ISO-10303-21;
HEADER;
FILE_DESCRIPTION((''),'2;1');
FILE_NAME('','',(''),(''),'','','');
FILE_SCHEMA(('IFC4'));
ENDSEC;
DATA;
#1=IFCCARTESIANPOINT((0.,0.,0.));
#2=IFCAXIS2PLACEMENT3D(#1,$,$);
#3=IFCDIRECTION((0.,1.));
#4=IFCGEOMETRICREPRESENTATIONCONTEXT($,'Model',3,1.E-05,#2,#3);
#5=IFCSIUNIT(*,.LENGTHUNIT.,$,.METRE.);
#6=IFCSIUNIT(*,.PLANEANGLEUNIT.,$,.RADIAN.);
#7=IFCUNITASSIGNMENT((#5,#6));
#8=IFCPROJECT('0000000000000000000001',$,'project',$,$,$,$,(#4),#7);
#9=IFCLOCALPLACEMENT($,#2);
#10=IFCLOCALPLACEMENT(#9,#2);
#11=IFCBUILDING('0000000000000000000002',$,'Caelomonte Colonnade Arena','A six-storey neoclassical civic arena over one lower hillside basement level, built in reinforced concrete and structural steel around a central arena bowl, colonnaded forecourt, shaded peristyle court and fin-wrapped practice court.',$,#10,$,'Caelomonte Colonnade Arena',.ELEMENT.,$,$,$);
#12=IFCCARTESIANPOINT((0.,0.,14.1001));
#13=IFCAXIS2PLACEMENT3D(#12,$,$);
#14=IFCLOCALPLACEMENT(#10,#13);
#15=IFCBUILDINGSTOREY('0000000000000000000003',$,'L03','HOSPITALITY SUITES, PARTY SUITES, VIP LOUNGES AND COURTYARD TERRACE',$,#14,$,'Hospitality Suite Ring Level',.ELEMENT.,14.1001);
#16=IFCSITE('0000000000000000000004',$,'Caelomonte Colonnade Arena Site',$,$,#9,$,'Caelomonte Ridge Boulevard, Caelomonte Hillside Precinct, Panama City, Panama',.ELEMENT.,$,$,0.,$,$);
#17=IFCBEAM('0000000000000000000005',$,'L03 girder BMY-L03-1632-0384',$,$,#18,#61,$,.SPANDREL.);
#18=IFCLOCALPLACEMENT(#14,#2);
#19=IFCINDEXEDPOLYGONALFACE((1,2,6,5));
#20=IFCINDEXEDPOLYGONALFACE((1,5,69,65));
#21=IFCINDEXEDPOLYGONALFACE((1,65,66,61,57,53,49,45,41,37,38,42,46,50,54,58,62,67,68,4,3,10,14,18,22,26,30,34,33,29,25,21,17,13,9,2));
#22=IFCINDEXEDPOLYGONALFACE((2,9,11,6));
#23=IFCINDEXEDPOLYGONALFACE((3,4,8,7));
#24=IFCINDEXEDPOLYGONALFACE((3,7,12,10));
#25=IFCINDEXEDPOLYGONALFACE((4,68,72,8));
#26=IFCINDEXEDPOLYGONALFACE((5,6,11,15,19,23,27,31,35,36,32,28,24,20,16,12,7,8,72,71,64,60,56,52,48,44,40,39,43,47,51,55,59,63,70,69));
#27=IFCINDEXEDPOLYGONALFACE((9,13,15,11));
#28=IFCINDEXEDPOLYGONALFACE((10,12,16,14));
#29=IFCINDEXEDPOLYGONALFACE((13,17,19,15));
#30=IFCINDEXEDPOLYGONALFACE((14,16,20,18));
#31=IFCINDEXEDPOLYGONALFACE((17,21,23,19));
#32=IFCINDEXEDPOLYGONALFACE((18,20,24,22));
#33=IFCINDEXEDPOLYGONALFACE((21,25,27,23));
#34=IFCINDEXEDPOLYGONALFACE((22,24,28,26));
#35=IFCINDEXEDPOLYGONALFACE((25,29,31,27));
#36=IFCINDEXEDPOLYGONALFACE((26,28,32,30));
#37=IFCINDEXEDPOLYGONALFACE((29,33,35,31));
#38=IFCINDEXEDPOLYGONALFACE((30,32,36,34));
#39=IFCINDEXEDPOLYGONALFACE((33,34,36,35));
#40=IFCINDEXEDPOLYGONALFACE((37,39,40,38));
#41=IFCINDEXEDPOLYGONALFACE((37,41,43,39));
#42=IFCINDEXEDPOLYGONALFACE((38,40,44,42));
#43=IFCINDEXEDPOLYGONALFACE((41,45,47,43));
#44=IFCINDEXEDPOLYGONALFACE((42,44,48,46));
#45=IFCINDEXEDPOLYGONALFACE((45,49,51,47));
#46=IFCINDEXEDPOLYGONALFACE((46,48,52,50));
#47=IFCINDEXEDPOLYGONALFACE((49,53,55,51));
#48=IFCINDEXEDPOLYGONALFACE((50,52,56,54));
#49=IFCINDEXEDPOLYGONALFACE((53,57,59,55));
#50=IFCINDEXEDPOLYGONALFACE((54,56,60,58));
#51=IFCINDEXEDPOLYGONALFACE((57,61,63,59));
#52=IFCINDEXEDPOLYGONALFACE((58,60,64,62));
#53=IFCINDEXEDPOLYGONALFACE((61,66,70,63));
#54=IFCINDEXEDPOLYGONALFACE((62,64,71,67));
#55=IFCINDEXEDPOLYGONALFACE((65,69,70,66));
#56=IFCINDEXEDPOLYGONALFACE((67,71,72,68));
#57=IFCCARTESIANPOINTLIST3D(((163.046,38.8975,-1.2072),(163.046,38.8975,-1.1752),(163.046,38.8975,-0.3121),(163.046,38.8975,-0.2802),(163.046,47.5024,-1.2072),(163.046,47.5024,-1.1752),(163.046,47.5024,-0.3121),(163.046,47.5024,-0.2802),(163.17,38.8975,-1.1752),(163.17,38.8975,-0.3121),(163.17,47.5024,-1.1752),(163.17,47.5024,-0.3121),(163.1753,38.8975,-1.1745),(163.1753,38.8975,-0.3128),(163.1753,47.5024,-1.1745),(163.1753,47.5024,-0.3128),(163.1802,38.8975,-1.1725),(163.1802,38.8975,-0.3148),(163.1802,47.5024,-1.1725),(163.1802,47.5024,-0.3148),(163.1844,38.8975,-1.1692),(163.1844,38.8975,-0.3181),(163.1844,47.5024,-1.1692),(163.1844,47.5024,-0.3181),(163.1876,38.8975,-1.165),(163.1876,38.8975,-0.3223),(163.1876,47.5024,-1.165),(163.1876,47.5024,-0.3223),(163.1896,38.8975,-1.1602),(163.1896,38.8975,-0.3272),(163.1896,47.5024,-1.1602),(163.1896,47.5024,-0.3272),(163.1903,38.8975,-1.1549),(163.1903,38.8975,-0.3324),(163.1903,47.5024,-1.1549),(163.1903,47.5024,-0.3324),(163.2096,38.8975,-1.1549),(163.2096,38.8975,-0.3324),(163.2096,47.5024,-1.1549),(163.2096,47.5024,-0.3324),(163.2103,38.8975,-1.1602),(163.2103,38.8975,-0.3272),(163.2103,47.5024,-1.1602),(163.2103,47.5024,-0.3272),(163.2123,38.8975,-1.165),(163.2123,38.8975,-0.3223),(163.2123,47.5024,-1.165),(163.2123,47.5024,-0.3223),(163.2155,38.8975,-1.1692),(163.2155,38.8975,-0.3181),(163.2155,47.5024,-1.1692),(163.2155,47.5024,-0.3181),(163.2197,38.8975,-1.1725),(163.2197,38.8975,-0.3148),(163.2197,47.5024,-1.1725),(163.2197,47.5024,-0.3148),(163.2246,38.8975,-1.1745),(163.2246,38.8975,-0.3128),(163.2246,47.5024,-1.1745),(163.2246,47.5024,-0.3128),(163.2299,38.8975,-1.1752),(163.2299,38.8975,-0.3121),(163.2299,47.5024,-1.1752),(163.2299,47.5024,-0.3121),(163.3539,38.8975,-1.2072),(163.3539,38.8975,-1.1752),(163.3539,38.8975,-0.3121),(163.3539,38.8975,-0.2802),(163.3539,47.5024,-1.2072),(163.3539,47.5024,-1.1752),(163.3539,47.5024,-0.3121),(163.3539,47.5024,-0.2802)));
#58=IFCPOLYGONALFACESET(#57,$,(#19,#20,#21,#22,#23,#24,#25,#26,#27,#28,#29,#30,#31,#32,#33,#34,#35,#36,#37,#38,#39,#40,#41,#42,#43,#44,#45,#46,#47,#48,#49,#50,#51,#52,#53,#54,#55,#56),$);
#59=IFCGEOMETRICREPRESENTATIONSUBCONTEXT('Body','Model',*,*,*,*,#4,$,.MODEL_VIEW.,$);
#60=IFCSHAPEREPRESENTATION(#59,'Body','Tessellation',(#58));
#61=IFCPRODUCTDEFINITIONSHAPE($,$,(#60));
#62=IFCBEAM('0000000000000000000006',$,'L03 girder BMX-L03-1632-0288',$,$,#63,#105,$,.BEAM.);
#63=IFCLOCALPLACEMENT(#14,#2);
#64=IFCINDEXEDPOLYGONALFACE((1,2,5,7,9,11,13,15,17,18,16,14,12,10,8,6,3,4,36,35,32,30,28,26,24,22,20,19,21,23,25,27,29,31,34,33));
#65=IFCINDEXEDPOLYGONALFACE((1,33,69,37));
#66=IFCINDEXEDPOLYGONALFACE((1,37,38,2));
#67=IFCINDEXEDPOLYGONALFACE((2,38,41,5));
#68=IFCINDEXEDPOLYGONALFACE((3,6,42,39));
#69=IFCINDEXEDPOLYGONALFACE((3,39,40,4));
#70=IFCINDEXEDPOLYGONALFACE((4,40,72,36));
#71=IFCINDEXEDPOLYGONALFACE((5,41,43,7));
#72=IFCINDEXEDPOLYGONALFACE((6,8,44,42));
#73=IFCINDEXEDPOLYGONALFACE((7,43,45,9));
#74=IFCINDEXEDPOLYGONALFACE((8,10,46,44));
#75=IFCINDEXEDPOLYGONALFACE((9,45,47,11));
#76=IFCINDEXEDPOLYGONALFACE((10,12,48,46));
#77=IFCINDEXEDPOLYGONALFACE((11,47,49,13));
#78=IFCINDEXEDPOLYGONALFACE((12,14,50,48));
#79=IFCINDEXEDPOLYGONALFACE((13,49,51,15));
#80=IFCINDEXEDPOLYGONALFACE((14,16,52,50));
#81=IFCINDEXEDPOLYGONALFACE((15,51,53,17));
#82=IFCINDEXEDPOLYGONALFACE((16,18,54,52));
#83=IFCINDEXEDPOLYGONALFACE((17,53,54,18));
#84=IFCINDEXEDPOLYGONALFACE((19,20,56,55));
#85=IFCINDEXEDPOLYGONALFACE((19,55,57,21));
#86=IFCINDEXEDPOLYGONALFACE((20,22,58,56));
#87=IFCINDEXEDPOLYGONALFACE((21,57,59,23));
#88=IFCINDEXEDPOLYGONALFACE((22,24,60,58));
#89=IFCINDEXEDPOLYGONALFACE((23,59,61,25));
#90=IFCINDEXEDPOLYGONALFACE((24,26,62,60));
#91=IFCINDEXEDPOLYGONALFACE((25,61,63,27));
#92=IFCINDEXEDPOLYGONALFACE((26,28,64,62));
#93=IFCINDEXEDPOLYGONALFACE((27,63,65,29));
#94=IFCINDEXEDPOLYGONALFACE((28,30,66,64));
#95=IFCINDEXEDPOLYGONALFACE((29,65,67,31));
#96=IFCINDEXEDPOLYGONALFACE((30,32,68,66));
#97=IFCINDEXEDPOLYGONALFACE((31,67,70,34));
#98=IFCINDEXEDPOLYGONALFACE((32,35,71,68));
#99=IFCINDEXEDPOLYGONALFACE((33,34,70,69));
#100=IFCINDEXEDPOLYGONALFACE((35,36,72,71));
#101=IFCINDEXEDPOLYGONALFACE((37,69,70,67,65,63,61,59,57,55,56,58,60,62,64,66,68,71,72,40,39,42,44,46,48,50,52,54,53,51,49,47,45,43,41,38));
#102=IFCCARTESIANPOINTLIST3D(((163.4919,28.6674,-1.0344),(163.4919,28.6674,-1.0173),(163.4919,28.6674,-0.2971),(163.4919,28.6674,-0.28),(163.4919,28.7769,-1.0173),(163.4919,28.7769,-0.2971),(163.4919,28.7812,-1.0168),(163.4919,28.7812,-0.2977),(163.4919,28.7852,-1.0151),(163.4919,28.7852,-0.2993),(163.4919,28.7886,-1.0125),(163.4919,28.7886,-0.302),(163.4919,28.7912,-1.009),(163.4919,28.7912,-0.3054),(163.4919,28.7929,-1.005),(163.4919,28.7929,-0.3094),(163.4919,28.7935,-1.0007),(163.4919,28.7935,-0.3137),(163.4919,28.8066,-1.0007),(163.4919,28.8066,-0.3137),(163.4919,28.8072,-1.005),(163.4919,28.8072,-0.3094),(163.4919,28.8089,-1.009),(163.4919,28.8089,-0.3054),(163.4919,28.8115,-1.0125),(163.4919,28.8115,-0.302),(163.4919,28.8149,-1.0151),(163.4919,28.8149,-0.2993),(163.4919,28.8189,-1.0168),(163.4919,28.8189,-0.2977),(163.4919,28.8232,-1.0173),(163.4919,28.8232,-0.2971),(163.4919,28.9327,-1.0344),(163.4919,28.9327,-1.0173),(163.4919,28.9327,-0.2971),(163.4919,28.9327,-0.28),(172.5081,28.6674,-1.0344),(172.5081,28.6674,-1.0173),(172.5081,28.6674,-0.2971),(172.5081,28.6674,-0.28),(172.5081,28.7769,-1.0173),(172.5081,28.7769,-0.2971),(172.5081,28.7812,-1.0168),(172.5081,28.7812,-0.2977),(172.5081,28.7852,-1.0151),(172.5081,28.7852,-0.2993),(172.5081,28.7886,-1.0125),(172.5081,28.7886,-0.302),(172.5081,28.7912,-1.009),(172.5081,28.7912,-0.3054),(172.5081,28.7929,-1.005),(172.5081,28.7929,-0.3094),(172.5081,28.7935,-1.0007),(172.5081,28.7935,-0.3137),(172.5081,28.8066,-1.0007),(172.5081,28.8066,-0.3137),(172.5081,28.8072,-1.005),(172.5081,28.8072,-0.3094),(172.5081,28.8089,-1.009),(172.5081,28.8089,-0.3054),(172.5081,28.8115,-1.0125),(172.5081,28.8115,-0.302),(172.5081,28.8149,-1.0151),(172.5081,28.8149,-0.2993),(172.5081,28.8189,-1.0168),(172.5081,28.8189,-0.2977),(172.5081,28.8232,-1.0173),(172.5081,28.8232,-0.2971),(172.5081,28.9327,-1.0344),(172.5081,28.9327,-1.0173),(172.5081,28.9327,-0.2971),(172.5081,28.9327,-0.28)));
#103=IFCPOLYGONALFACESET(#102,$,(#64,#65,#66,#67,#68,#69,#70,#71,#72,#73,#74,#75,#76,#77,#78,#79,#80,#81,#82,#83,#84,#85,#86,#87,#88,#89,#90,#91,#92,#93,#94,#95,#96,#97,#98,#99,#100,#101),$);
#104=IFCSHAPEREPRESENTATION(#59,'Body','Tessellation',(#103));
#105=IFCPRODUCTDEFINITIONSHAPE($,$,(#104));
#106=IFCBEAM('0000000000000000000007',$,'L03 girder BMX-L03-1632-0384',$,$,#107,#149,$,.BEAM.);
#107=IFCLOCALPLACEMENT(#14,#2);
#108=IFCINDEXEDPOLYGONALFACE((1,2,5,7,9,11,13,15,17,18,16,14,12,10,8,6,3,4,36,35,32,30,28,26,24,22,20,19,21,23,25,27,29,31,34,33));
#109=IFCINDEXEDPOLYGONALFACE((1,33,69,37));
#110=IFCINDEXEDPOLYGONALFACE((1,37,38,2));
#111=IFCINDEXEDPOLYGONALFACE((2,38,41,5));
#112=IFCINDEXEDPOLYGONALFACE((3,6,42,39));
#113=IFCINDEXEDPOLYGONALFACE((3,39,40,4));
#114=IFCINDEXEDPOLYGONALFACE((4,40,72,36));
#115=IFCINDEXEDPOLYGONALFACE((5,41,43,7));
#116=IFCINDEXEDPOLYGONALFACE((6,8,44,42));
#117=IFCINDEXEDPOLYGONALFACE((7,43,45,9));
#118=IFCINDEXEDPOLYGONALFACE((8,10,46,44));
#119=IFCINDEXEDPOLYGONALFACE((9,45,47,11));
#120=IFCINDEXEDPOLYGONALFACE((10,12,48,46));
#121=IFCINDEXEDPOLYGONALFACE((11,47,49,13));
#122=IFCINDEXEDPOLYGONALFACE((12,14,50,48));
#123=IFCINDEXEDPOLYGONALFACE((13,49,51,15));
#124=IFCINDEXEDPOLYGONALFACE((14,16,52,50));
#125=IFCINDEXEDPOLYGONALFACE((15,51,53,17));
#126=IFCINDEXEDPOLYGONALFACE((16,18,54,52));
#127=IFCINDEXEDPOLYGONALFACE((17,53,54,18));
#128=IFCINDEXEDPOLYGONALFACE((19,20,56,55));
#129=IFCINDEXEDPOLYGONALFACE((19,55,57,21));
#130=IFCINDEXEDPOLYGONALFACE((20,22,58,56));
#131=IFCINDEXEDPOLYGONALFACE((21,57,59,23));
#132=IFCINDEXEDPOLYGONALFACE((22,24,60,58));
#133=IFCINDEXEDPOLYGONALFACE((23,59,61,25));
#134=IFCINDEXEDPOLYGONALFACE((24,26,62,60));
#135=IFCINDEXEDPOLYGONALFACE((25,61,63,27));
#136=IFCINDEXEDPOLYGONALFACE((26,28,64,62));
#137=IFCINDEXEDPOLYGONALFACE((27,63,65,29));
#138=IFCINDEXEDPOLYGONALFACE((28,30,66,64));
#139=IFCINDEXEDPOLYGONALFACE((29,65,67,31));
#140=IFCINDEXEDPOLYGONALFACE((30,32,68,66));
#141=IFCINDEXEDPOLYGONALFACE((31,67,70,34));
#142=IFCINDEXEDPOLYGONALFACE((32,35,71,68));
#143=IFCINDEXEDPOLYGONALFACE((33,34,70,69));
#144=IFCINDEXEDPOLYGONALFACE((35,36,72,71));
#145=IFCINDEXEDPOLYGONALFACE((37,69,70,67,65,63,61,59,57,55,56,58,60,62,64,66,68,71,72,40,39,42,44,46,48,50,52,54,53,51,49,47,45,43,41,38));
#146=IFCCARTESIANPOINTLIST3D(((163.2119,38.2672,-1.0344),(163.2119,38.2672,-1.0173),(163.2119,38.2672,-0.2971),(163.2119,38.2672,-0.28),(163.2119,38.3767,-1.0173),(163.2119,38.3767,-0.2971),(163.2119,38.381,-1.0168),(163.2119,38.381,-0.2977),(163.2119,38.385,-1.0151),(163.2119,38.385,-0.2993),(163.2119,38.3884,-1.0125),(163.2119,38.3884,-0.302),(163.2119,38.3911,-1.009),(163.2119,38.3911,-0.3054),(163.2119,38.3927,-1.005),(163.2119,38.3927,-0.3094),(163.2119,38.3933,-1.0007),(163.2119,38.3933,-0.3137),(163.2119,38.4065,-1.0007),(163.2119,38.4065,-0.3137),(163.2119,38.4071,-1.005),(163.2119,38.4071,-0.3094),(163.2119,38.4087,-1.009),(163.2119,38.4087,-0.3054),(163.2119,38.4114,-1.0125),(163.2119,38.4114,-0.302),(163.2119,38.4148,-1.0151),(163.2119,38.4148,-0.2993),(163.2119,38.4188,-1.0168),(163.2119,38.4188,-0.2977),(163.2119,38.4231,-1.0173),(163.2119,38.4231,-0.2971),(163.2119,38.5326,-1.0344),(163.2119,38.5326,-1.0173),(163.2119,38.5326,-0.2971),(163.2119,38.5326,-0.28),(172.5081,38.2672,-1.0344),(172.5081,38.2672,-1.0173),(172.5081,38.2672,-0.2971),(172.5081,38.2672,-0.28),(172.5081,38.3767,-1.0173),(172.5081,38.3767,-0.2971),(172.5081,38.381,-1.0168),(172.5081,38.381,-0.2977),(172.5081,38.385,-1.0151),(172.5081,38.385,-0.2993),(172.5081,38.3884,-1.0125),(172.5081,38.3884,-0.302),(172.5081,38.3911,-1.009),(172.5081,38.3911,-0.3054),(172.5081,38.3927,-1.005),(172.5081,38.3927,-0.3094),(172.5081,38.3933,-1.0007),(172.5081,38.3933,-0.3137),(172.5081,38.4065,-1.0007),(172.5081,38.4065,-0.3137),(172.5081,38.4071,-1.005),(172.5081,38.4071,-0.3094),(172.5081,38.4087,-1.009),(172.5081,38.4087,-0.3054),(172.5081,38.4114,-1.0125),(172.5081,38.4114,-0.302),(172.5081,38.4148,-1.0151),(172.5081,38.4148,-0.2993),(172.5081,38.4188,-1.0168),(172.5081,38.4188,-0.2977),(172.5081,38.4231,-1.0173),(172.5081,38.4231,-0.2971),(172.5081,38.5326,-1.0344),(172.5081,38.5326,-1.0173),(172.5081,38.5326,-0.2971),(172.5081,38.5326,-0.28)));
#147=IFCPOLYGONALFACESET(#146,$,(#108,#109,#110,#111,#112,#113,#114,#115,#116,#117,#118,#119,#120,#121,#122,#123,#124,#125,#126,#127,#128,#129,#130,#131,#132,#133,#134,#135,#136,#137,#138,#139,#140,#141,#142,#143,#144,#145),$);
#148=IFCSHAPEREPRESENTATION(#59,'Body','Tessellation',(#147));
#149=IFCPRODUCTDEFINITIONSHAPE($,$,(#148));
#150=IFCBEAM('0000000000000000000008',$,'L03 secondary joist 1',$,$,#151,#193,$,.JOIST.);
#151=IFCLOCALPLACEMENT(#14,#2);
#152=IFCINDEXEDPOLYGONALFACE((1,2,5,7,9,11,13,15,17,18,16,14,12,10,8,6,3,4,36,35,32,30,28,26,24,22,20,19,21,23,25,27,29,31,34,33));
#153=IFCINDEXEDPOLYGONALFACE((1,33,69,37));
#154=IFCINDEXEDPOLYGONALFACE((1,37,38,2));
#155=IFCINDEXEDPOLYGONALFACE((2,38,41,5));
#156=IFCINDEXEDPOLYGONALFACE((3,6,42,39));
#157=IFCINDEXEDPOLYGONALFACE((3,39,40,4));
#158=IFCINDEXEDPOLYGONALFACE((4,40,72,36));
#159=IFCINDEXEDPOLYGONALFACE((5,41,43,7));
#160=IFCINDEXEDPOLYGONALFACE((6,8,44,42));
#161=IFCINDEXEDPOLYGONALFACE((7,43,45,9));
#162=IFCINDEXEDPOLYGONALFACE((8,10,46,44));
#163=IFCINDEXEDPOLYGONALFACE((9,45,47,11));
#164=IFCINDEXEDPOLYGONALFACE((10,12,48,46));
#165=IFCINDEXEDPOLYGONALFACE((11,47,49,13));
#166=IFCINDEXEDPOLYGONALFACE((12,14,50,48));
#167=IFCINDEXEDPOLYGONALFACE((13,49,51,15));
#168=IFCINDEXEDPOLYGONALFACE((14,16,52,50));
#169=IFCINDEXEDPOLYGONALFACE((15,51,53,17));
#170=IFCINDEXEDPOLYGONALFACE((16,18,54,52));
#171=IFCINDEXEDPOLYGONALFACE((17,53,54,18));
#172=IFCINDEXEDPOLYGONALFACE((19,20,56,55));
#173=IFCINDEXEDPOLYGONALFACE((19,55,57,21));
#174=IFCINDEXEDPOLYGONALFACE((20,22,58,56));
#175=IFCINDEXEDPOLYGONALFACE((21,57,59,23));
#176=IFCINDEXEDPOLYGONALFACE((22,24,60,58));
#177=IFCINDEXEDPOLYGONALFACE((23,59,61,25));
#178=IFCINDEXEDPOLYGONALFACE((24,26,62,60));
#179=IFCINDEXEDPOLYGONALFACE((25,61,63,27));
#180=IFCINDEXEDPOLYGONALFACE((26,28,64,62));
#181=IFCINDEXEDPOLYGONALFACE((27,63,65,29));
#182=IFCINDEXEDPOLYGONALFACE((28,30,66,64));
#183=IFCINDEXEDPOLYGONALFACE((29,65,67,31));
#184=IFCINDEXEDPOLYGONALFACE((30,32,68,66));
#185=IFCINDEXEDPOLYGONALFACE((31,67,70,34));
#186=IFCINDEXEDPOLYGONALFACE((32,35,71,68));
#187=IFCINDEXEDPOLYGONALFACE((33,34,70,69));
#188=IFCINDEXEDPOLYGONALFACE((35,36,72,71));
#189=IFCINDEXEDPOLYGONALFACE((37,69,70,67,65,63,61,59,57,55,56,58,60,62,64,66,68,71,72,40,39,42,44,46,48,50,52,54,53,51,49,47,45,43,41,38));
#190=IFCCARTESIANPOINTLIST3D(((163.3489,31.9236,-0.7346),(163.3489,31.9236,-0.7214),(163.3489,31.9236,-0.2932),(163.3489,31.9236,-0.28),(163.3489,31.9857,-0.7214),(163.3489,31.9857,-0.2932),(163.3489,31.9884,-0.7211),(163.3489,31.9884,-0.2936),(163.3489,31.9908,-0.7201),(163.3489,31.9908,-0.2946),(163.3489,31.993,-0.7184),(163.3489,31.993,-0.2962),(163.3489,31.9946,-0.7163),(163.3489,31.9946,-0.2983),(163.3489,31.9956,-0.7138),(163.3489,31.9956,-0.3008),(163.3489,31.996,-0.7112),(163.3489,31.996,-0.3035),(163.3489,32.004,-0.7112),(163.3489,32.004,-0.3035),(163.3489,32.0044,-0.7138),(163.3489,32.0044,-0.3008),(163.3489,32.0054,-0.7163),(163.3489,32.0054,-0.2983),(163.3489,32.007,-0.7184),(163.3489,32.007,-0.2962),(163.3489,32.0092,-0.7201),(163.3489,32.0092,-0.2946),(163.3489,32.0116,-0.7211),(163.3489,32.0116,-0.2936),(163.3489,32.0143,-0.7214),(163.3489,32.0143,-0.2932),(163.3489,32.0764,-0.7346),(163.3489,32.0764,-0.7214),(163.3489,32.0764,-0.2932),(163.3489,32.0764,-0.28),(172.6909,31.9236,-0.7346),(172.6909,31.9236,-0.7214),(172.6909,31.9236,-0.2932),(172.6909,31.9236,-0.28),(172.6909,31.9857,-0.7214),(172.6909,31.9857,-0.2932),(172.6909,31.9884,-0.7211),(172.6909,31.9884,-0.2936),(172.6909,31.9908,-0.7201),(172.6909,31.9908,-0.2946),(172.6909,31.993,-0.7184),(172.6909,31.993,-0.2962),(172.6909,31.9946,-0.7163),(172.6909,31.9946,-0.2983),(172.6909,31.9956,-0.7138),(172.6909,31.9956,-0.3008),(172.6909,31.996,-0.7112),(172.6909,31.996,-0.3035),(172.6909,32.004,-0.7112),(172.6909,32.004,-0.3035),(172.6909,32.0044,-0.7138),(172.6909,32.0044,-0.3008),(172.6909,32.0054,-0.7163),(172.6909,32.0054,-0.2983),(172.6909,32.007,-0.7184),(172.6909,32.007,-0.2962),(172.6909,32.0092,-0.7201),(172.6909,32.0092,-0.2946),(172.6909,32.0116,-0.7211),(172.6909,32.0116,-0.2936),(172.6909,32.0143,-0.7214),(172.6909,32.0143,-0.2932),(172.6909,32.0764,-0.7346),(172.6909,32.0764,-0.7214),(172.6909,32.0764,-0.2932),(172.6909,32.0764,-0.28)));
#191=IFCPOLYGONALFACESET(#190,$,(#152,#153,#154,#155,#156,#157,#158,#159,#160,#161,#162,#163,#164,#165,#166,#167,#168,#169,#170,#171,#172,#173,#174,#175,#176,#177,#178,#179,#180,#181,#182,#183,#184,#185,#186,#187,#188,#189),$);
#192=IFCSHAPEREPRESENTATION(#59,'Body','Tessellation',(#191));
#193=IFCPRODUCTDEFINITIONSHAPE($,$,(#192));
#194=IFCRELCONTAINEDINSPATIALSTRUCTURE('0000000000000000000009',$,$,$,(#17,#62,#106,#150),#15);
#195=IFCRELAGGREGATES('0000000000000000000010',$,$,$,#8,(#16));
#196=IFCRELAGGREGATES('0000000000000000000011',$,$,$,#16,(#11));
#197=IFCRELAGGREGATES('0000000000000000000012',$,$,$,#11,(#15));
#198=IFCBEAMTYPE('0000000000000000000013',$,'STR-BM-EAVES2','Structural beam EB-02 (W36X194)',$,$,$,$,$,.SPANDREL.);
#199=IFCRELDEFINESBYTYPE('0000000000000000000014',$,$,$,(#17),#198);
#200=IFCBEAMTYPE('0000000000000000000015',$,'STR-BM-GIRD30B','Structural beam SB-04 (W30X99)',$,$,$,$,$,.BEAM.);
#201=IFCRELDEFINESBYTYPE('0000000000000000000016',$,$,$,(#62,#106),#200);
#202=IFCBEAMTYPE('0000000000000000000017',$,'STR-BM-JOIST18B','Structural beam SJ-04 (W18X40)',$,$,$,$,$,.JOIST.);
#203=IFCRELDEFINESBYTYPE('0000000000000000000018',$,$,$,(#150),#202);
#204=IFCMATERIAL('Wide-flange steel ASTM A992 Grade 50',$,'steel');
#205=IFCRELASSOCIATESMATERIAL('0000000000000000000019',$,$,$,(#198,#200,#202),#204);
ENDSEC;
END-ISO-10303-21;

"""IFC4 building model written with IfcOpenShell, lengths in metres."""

from ifc_helpers import new_model, si_unit, direction, frame, origin, origin_2d, place, context, subcontext, project, spatial, i_section, extrude, material, material_profile, profile_set, type_object, element, save


model = new_model("IFC4")

# Units and contexts
model_context = context("Model", 3, precision=1e-05, world=origin(), true_north=direction((0.0, 1.0)))
body_context = subcontext(model_context, "Body", "Model", "MODEL_VIEW")
ifc_project = project(units=[si_unit("LENGTHUNIT", "METRE"), si_unit("PLANEANGLEUNIT", "RADIAN")], contexts=[model_context])

# Site, building, storey
site_placement = place(None, origin())
site = spatial("IfcSite", under=ifc_project, at=site_placement, Name="Caelomonte Colonnade Arena Site", LongName="Caelomonte Ridge Boulevard, Caelomonte Hillside Precinct, Panama City, Panama", CompositionType="ELEMENT", RefElevation=0.0)
building_placement = place(site_placement, origin())
building = spatial("IfcBuilding", under=site, at=building_placement, Name="Caelomonte Colonnade Arena", Description="A six-storey neoclassical civic arena over one lower hillside basement level, built in reinforced concrete and structural steel around a central arena bowl, colonnaded forecourt, shaded peristyle court and fin-wrapped practice court.", LongName="Caelomonte Colonnade Arena", CompositionType="ELEMENT")
storey_placement = place(building_placement, frame((0.0, 0.0, 14.1001)))
storey = spatial("IfcBuildingStorey", under=building, at=storey_placement, Name="L03", Description="HOSPITALITY SUITES, PARTY SUITES, VIP LOUNGES AND COURTYARD TERRACE", LongName="Hospitality Suite Ring Level", CompositionType="ELEMENT", Elevation=14.1001)

# Shared definitions
ifc_material_1 = material(Name="Wide-flange steel ASTM A992 Grade 50", Category="steel")

# Beams
ifc_material_profile_1 = material_profile(ifc_material_1, i_section(OverallWidth=0.3079, OverallDepth=0.927, WebThickness=0.0193, FlangeThickness=0.032, FilletRadius=0.0203, at=origin_2d()), Name="W36X194")
ifc_profile_set_1 = profile_set([ifc_material_profile_1], Name="Wide-flange steel ASTM A992 Grade 50")
beam_type_1 = type_object("IfcBeamType", Name="STR-BM-EAVES2", Description="Structural beam EB-02 (W36X194)", PredefinedType="SPANDREL", material=ifc_profile_set_1)
beam_1_placement = place(storey_placement, frame((163.2, 38.8975, -0.7437), z_axis=(0.0, 1.0, 0.0), x_axis=(-1.0, 0.0, 0.0)))
element("IfcBeam", 1, at=beam_1_placement, inside=storey, type_object=beam_type_1, Name="L03 girder BMY-L03-1632-0384", PredefinedType="SPANDREL", context=body_context, shape_type="SweptSolid", body=[
    extrude(i_section(OverallWidth=0.3079, OverallDepth=0.927, WebThickness=0.0193, FlangeThickness=0.032, FilletRadius=0.0203, at=origin_2d()), origin(), (0.0, 0.0, 1.0), 8.605),
])
ifc_material_profile_2 = material_profile(ifc_material_1, i_section(OverallWidth=0.2654, OverallDepth=0.7544, WebThickness=0.0132, FlangeThickness=0.0171, FilletRadius=0.0166, at=origin_2d()), Name="W30X99")
ifc_profile_set_2 = profile_set([ifc_material_profile_2], Name="Wide-flange steel ASTM A992 Grade 50")
beam_type_2 = type_object("IfcBeamType", Name="STR-BM-GIRD30B", Description="Structural beam SB-04 (W30X99)", PredefinedType="BEAM", material=ifc_profile_set_2)
beam_2_placement = place(storey_placement, frame((163.4919, 28.8, -0.6572), z_axis=(1.0, 0.0, 0.0), x_axis=(0.0, 1.0, 0.0)))
element("IfcBeam", 2, at=beam_2_placement, inside=storey, type_object=beam_type_2, Name="L03 girder BMX-L03-1632-0288", PredefinedType="BEAM", context=body_context, shape_type="SweptSolid", body=[
    extrude(i_section(OverallWidth=0.2654, OverallDepth=0.7544, WebThickness=0.0132, FlangeThickness=0.0171, FilletRadius=0.0166, at=origin_2d()), origin(), (0.0, 0.0, 1.0), 9.0161),
])
beam_3_placement = place(storey_placement, frame((163.2119, 38.3999, -0.6572), z_axis=(1.0, 0.0, 0.0), x_axis=(0.0, 1.0, 0.0)))
element("IfcBeam", 3, at=beam_3_placement, inside=storey, type_object=beam_type_2, Name="L03 girder BMX-L03-1632-0384", PredefinedType="BEAM", context=body_context, shape_type="SweptSolid", body=[
    extrude(i_section(OverallWidth=0.2654, OverallDepth=0.7544, WebThickness=0.0132, FlangeThickness=0.0171, FilletRadius=0.0166, at=origin_2d()), origin(), (0.0, 0.0, 1.0), 9.2961),
])
ifc_material_profile_3 = material_profile(ifc_material_1, i_section(OverallWidth=0.1528, OverallDepth=0.4546, WebThickness=0.0081, FlangeThickness=0.0132, FilletRadius=0.0103, at=origin_2d()), Name="W18X40")
ifc_profile_set_3 = profile_set([ifc_material_profile_3], Name="Wide-flange steel ASTM A992 Grade 50")
beam_type_3 = type_object("IfcBeamType", Name="STR-BM-JOIST18B", Description="Structural beam SJ-04 (W18X40)", PredefinedType="JOIST", material=ifc_profile_set_3)
for number, where, z_axis, x_axis, name in (
    (4, (163.3489, 32.0, -0.5073), (1.0, 0.0, 0.0), (0.0, 1.0, 0.0), "L03 secondary joist 1"),
):
    element("IfcBeam", number, at=place(storey_placement, frame(where, z_axis=z_axis, x_axis=x_axis)), inside=storey, type_object=beam_type_3, Name=name, PredefinedType="JOIST", context=body_context, shape_type="SweptSolid", body=[
        extrude(i_section(OverallWidth=0.1528, OverallDepth=0.4546, WebThickness=0.0081, FlangeThickness=0.0132, FilletRadius=0.0103, at=origin_2d()), origin(), (0.0, 0.0, 1.0), 9.342),
    ])

save(model, "model.ifc")
